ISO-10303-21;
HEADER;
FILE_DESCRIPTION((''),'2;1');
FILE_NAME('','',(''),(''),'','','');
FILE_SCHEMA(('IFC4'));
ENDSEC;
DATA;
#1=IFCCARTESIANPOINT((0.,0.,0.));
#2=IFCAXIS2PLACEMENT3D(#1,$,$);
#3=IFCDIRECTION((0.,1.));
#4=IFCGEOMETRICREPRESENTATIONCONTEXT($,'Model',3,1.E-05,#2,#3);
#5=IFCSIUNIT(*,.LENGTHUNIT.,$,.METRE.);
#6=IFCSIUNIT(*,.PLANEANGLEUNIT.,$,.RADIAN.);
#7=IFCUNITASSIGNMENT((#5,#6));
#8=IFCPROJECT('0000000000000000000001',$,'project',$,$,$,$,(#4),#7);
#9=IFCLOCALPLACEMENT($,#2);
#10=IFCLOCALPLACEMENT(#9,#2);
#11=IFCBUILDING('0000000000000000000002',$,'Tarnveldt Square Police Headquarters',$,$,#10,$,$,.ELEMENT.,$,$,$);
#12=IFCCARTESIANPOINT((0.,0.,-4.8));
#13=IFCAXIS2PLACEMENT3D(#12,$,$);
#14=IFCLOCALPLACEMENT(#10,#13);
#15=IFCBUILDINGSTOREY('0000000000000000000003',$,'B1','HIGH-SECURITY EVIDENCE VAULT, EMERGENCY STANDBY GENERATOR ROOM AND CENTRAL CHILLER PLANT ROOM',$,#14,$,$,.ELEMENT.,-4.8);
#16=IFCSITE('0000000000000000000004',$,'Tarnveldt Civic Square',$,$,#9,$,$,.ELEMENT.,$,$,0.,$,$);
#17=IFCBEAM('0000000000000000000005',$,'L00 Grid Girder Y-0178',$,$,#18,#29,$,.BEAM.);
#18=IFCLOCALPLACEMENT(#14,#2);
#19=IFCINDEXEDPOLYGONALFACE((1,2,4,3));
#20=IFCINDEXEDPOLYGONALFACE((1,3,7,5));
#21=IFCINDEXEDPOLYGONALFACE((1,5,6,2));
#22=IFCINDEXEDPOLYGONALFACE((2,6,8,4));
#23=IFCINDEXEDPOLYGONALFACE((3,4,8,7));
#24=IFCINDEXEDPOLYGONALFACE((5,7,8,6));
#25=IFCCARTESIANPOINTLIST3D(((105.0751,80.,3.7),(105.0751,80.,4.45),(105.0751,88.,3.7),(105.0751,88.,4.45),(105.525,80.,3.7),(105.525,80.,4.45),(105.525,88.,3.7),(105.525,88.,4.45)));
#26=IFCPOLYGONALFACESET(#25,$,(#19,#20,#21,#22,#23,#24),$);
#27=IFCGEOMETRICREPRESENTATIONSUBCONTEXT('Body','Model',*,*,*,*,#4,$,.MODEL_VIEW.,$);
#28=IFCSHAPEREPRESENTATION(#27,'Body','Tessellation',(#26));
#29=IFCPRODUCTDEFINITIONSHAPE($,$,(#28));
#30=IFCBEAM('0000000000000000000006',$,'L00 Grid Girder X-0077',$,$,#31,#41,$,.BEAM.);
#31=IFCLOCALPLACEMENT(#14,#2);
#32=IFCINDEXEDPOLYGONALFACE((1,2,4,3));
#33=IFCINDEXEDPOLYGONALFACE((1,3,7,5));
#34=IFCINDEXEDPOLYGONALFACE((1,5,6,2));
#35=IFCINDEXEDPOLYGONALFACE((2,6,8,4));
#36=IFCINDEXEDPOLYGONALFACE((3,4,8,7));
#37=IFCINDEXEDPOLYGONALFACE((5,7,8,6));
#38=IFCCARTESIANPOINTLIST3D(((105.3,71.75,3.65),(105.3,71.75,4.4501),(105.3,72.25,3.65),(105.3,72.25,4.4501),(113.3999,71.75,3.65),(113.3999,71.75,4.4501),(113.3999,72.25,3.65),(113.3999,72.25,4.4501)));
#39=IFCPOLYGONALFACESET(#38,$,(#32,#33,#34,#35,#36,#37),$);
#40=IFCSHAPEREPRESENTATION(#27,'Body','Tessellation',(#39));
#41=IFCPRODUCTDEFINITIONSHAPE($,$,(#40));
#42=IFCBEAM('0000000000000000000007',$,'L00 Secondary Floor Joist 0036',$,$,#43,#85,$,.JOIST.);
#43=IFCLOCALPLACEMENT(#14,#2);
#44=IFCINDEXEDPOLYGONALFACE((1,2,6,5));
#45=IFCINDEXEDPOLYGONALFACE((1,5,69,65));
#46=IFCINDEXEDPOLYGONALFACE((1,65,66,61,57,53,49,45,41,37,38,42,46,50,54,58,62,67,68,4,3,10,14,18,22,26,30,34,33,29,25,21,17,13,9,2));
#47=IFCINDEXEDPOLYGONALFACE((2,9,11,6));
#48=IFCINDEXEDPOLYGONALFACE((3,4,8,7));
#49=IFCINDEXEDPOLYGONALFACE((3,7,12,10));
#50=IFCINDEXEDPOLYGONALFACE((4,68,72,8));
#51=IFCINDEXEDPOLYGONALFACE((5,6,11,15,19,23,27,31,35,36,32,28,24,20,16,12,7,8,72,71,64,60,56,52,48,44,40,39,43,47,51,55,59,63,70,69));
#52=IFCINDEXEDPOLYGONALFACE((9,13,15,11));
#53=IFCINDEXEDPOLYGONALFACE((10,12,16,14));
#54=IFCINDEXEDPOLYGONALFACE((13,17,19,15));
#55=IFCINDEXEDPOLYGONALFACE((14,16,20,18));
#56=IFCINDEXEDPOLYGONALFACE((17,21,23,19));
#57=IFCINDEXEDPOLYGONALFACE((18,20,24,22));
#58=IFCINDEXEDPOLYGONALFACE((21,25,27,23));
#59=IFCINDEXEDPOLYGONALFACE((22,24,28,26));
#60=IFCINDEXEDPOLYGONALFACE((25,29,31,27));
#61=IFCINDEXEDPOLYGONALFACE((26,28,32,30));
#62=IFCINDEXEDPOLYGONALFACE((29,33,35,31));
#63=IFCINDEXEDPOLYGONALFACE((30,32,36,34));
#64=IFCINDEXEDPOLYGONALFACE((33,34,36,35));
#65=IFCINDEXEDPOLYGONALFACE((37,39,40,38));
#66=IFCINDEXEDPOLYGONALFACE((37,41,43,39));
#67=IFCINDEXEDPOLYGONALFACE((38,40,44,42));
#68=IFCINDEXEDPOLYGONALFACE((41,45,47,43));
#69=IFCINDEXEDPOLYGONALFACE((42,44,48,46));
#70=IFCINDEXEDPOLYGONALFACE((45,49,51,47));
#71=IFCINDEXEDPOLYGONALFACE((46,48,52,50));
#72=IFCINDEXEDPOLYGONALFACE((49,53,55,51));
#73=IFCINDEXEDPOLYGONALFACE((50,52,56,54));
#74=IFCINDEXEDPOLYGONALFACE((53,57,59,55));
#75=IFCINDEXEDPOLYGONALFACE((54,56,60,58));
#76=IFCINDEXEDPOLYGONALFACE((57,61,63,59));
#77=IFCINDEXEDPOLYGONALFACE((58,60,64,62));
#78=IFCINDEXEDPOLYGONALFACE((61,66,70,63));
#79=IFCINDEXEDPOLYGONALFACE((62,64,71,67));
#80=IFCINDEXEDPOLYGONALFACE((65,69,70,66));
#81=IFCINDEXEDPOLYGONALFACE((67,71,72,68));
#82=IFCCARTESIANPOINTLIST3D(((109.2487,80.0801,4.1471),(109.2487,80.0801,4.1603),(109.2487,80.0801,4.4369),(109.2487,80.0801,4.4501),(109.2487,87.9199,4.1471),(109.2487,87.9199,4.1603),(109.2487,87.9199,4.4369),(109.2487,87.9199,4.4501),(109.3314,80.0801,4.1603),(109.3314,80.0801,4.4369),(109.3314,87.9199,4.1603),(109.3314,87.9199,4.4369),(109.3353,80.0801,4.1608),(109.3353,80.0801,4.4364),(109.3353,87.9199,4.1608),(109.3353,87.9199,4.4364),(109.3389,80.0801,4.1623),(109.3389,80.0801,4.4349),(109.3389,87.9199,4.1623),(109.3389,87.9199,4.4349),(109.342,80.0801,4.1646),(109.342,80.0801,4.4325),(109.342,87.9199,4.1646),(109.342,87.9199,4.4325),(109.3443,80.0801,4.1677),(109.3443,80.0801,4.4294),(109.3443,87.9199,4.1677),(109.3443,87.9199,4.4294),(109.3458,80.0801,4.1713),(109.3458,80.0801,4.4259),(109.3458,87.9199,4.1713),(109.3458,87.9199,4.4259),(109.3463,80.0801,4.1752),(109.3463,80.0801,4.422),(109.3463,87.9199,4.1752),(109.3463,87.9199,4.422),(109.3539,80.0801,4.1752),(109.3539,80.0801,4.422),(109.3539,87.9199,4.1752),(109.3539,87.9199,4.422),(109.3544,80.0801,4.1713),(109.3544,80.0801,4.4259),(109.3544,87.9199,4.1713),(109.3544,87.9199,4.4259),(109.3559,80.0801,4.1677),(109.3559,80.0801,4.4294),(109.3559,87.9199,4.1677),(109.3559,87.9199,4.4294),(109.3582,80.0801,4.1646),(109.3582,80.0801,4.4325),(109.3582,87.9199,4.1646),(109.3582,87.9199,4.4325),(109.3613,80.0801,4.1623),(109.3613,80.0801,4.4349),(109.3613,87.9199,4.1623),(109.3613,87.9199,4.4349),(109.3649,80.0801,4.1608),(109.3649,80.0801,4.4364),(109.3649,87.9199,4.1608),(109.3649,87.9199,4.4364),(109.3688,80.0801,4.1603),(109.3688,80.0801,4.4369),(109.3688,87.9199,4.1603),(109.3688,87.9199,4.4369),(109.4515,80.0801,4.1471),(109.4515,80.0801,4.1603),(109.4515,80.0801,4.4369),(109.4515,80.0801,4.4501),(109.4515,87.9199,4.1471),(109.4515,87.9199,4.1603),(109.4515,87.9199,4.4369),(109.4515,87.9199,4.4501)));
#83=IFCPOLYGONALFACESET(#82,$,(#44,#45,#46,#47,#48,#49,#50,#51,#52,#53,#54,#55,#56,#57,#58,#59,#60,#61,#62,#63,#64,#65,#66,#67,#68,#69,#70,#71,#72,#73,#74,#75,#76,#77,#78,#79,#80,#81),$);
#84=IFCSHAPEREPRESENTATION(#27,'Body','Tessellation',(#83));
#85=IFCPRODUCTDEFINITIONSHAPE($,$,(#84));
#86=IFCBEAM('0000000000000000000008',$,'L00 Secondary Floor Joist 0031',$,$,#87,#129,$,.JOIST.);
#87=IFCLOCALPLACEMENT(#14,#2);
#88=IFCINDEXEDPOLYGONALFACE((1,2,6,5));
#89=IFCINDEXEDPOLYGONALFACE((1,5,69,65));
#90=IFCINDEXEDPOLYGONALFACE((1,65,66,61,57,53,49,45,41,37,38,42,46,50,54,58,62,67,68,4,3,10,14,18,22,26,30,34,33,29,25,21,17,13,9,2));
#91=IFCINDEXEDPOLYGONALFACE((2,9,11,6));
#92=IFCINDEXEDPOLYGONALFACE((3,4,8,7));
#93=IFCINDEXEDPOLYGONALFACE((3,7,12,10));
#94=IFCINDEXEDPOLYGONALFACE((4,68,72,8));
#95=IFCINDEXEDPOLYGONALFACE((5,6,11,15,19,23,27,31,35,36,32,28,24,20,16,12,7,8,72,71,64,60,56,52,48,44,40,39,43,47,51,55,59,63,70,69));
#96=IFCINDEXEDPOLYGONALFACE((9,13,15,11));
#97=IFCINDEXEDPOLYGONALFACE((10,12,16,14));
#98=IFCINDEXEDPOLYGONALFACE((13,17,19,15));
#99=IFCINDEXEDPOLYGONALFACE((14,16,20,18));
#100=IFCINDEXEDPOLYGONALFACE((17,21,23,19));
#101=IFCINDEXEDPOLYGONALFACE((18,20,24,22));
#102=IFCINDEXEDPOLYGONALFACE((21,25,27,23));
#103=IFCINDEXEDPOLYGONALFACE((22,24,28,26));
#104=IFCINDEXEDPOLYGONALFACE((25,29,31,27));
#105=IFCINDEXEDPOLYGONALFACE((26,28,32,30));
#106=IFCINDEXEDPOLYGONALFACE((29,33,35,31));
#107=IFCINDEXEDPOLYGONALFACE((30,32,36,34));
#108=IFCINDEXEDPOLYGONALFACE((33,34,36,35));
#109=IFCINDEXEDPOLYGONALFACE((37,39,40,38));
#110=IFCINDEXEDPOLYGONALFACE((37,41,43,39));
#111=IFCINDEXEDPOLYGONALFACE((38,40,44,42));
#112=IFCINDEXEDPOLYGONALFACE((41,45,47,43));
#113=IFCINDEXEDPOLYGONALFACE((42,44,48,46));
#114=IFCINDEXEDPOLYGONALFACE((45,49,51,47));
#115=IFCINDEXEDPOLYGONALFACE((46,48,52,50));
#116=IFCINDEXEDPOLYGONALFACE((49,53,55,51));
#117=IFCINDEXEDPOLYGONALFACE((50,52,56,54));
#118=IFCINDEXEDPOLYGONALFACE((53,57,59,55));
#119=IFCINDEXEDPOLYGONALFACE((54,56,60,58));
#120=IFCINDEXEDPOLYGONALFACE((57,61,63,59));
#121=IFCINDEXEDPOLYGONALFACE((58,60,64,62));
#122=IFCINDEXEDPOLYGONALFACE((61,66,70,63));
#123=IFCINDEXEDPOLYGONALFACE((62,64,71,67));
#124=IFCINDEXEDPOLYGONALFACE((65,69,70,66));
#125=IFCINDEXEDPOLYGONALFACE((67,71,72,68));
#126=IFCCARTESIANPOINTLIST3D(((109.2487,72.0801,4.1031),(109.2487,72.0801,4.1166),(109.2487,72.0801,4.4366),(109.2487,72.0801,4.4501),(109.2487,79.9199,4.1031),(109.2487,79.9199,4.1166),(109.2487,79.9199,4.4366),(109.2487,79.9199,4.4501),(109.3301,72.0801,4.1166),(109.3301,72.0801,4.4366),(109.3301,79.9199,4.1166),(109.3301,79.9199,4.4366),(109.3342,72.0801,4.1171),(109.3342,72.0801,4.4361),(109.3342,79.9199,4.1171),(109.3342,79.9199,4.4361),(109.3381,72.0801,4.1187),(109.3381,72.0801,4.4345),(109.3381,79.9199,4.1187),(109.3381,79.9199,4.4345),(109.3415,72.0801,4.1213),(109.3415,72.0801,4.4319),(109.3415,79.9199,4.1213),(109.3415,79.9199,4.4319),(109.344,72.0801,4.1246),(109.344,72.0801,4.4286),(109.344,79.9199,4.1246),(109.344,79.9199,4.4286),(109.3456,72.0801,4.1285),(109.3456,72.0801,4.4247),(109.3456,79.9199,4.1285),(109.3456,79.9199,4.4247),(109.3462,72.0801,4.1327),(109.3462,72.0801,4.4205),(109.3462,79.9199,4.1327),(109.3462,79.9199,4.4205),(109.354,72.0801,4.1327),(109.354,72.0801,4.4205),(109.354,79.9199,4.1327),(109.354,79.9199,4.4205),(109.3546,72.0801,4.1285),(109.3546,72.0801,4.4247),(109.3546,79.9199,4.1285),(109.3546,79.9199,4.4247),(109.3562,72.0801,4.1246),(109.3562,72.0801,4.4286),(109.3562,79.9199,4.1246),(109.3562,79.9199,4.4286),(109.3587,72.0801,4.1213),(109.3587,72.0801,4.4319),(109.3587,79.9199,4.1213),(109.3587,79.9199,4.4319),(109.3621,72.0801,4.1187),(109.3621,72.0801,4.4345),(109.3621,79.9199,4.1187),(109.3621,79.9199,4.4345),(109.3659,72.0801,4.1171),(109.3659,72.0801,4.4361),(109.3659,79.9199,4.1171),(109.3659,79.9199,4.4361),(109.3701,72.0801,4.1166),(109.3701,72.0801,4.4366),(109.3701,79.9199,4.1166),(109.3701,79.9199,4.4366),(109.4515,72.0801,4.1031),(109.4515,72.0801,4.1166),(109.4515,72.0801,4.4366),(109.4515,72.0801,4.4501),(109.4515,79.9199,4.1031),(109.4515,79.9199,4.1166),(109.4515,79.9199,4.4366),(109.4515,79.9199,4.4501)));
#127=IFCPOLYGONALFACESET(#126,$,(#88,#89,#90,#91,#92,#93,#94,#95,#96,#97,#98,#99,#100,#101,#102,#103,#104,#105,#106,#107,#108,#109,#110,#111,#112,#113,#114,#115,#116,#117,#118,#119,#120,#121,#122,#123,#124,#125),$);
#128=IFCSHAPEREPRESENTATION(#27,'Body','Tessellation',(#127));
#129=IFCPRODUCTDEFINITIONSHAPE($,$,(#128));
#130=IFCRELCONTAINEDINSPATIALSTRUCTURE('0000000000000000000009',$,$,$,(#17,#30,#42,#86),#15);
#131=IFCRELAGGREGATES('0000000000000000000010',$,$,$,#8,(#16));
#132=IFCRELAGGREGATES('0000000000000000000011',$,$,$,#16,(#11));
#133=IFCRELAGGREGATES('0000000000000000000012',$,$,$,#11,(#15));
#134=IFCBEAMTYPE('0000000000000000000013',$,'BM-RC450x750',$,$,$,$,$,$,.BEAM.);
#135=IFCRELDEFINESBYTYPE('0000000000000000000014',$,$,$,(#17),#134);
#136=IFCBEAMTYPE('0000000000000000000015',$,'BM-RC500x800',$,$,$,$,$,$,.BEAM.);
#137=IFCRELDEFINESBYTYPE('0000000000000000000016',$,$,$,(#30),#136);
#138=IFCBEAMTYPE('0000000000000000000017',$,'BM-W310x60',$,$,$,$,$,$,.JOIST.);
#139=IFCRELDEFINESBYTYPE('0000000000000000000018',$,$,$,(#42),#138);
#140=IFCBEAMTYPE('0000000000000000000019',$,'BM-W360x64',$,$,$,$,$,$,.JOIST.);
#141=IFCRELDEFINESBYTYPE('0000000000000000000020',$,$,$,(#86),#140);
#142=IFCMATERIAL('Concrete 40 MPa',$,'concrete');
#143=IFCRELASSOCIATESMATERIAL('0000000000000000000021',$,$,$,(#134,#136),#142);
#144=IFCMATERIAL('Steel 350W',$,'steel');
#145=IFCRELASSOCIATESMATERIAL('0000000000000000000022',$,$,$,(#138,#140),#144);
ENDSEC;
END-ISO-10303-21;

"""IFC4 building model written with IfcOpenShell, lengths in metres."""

from ifc_helpers import new_model, si_unit, direction, frame, origin, origin_2d, place, context, subcontext, project, spatial, rectangle, i_section, extrude, material, material_profile, profile_set, type_object, element, save


model = new_model("IFC4")

# Units and contexts
model_context = context("Model", 3, precision=1e-05, world=origin(), true_north=direction((0.0, 1.0)))
body_context = subcontext(model_context, "Body", "Model", "MODEL_VIEW")
ifc_project = project(units=[si_unit("LENGTHUNIT", "METRE"), si_unit("PLANEANGLEUNIT", "RADIAN")], contexts=[model_context])

# Site, building, storey
site_placement = place(None, origin())
site = spatial("IfcSite", under=ifc_project, at=site_placement, Name="Tarnveldt Civic Square", CompositionType="ELEMENT", RefElevation=0.0)
building_placement = place(site_placement, origin())
building = spatial("IfcBuilding", under=site, at=building_placement, Name="Tarnveldt Square Police Headquarters", CompositionType="ELEMENT")
storey_placement = place(building_placement, frame((0.0, 0.0, -4.8)))
storey = spatial("IfcBuildingStorey", under=building, at=storey_placement, Name="B1", Description="HIGH-SECURITY EVIDENCE VAULT, EMERGENCY STANDBY GENERATOR ROOM AND CENTRAL CHILLER PLANT ROOM", CompositionType="ELEMENT", Elevation=-4.8)

# Beams
ifc_material_1 = material(Name="Concrete 40 MPa", Category="concrete")
ifc_material_profile_1 = material_profile(ifc_material_1, rectangle(XDim=0.45, YDim=0.75, at=origin_2d()), Name="RC-B450x750")
ifc_profile_set_1 = profile_set([ifc_material_profile_1], Name="Concrete 40 MPa")
beam_type_1 = type_object("IfcBeamType", Name="BM-RC450x750", PredefinedType="BEAM", material=ifc_profile_set_1)
for number, where, z_axis, x_axis, name in (
    (1, (105.3, 80.0, 4.075), (0.0, 1.0, 0.0), (-1.0, 0.0, 0.0), "L00 Grid Girder Y-0178"),
):
    element("IfcBeam", number, at=place(storey_placement, frame(where, z_axis=z_axis, x_axis=x_axis)), inside=storey, type_object=beam_type_1, Name=name, PredefinedType="BEAM", context=body_context, shape_type="SweptSolid", body=[
        extrude(rectangle(XDim=0.45, YDim=0.75, at=origin_2d()), origin(), (0.0, 0.0, 1.0), 8.0),
    ])
ifc_material_profile_2 = material_profile(ifc_material_1, rectangle(XDim=0.5, YDim=0.8, at=origin_2d()), Name="RC-B500x800")
ifc_profile_set_2 = profile_set([ifc_material_profile_2], Name="Concrete 40 MPa")
beam_type_2 = type_object("IfcBeamType", Name="BM-RC500x800", PredefinedType="BEAM", material=ifc_profile_set_2)
beam_1_placement = place(storey_placement, frame((105.3, 72.0, 4.05), z_axis=(1.0, 0.0, 0.0), x_axis=(0.0, 1.0, 0.0)))
element("IfcBeam", 2, at=beam_1_placement, inside=storey, type_object=beam_type_2, Name="L00 Grid Girder X-0077", PredefinedType="BEAM", context=body_context, shape_type="SweptSolid", body=[
    extrude(rectangle(XDim=0.5, YDim=0.8, at=origin_2d()), origin(), (0.0, 0.0, 1.0), 8.0999),
])
ifc_material_2 = material(Name="Steel 350W", Category="steel")
ifc_material_profile_3 = material_profile(ifc_material_2, i_section(OverallWidth=0.2029, OverallDepth=0.303, WebThickness=0.0076, FlangeThickness=0.0132, FilletRadius=0.0149, at=origin_2d()), Name="W310x60")
ifc_profile_set_3 = profile_set([ifc_material_profile_3], Name="Steel 350W")
beam_type_3 = type_object("IfcBeamType", Name="BM-W310x60", PredefinedType="JOIST", material=ifc_profile_set_3)
beam_2_placement = place(storey_placement, frame((109.3501, 80.0801, 4.2986), z_axis=(0.0, 1.0, 0.0), x_axis=(-1.0, 0.0, 0.0)))
element("IfcBeam", 3, at=beam_2_placement, inside=storey, type_object=beam_type_3, Name="L00 Secondary Floor Joist 0036", PredefinedType="JOIST", context=body_context, shape_type="SweptSolid", body=[
    extrude(i_section(OverallWidth=0.2029, OverallDepth=0.303, WebThickness=0.0076, FlangeThickness=0.0132, FilletRadius=0.0149, at=origin_2d()), origin(), (0.0, 0.0, 1.0), 7.8398),
])
ifc_material_profile_4 = material_profile(ifc_material_2, i_section(OverallWidth=0.2029, OverallDepth=0.3469, WebThickness=0.0078, FlangeThickness=0.0134, FilletRadius=0.0161, at=origin_2d()), Name="W360x64")
ifc_profile_set_4 = profile_set([ifc_material_profile_4], Name="Steel 350W")
beam_type_4 = type_object("IfcBeamType", Name="BM-W360x64", PredefinedType="JOIST", material=ifc_profile_set_4)
beam_3_placement = place(storey_placement, frame((109.3501, 72.0801, 4.2766), z_axis=(0.0, 1.0, 0.0), x_axis=(-1.0, 0.0, 0.0)))
element("IfcBeam", 4, at=beam_3_placement, inside=storey, type_object=beam_type_4, Name="L00 Secondary Floor Joist 0031", PredefinedType="JOIST", context=body_context, shape_type="SweptSolid", body=[
    extrude(i_section(OverallWidth=0.2029, OverallDepth=0.3469, WebThickness=0.0078, FlangeThickness=0.0134, FilletRadius=0.0161, at=origin_2d()), origin(), (0.0, 0.0, 1.0), 7.8398),
])

save(model, "model.ifc")
